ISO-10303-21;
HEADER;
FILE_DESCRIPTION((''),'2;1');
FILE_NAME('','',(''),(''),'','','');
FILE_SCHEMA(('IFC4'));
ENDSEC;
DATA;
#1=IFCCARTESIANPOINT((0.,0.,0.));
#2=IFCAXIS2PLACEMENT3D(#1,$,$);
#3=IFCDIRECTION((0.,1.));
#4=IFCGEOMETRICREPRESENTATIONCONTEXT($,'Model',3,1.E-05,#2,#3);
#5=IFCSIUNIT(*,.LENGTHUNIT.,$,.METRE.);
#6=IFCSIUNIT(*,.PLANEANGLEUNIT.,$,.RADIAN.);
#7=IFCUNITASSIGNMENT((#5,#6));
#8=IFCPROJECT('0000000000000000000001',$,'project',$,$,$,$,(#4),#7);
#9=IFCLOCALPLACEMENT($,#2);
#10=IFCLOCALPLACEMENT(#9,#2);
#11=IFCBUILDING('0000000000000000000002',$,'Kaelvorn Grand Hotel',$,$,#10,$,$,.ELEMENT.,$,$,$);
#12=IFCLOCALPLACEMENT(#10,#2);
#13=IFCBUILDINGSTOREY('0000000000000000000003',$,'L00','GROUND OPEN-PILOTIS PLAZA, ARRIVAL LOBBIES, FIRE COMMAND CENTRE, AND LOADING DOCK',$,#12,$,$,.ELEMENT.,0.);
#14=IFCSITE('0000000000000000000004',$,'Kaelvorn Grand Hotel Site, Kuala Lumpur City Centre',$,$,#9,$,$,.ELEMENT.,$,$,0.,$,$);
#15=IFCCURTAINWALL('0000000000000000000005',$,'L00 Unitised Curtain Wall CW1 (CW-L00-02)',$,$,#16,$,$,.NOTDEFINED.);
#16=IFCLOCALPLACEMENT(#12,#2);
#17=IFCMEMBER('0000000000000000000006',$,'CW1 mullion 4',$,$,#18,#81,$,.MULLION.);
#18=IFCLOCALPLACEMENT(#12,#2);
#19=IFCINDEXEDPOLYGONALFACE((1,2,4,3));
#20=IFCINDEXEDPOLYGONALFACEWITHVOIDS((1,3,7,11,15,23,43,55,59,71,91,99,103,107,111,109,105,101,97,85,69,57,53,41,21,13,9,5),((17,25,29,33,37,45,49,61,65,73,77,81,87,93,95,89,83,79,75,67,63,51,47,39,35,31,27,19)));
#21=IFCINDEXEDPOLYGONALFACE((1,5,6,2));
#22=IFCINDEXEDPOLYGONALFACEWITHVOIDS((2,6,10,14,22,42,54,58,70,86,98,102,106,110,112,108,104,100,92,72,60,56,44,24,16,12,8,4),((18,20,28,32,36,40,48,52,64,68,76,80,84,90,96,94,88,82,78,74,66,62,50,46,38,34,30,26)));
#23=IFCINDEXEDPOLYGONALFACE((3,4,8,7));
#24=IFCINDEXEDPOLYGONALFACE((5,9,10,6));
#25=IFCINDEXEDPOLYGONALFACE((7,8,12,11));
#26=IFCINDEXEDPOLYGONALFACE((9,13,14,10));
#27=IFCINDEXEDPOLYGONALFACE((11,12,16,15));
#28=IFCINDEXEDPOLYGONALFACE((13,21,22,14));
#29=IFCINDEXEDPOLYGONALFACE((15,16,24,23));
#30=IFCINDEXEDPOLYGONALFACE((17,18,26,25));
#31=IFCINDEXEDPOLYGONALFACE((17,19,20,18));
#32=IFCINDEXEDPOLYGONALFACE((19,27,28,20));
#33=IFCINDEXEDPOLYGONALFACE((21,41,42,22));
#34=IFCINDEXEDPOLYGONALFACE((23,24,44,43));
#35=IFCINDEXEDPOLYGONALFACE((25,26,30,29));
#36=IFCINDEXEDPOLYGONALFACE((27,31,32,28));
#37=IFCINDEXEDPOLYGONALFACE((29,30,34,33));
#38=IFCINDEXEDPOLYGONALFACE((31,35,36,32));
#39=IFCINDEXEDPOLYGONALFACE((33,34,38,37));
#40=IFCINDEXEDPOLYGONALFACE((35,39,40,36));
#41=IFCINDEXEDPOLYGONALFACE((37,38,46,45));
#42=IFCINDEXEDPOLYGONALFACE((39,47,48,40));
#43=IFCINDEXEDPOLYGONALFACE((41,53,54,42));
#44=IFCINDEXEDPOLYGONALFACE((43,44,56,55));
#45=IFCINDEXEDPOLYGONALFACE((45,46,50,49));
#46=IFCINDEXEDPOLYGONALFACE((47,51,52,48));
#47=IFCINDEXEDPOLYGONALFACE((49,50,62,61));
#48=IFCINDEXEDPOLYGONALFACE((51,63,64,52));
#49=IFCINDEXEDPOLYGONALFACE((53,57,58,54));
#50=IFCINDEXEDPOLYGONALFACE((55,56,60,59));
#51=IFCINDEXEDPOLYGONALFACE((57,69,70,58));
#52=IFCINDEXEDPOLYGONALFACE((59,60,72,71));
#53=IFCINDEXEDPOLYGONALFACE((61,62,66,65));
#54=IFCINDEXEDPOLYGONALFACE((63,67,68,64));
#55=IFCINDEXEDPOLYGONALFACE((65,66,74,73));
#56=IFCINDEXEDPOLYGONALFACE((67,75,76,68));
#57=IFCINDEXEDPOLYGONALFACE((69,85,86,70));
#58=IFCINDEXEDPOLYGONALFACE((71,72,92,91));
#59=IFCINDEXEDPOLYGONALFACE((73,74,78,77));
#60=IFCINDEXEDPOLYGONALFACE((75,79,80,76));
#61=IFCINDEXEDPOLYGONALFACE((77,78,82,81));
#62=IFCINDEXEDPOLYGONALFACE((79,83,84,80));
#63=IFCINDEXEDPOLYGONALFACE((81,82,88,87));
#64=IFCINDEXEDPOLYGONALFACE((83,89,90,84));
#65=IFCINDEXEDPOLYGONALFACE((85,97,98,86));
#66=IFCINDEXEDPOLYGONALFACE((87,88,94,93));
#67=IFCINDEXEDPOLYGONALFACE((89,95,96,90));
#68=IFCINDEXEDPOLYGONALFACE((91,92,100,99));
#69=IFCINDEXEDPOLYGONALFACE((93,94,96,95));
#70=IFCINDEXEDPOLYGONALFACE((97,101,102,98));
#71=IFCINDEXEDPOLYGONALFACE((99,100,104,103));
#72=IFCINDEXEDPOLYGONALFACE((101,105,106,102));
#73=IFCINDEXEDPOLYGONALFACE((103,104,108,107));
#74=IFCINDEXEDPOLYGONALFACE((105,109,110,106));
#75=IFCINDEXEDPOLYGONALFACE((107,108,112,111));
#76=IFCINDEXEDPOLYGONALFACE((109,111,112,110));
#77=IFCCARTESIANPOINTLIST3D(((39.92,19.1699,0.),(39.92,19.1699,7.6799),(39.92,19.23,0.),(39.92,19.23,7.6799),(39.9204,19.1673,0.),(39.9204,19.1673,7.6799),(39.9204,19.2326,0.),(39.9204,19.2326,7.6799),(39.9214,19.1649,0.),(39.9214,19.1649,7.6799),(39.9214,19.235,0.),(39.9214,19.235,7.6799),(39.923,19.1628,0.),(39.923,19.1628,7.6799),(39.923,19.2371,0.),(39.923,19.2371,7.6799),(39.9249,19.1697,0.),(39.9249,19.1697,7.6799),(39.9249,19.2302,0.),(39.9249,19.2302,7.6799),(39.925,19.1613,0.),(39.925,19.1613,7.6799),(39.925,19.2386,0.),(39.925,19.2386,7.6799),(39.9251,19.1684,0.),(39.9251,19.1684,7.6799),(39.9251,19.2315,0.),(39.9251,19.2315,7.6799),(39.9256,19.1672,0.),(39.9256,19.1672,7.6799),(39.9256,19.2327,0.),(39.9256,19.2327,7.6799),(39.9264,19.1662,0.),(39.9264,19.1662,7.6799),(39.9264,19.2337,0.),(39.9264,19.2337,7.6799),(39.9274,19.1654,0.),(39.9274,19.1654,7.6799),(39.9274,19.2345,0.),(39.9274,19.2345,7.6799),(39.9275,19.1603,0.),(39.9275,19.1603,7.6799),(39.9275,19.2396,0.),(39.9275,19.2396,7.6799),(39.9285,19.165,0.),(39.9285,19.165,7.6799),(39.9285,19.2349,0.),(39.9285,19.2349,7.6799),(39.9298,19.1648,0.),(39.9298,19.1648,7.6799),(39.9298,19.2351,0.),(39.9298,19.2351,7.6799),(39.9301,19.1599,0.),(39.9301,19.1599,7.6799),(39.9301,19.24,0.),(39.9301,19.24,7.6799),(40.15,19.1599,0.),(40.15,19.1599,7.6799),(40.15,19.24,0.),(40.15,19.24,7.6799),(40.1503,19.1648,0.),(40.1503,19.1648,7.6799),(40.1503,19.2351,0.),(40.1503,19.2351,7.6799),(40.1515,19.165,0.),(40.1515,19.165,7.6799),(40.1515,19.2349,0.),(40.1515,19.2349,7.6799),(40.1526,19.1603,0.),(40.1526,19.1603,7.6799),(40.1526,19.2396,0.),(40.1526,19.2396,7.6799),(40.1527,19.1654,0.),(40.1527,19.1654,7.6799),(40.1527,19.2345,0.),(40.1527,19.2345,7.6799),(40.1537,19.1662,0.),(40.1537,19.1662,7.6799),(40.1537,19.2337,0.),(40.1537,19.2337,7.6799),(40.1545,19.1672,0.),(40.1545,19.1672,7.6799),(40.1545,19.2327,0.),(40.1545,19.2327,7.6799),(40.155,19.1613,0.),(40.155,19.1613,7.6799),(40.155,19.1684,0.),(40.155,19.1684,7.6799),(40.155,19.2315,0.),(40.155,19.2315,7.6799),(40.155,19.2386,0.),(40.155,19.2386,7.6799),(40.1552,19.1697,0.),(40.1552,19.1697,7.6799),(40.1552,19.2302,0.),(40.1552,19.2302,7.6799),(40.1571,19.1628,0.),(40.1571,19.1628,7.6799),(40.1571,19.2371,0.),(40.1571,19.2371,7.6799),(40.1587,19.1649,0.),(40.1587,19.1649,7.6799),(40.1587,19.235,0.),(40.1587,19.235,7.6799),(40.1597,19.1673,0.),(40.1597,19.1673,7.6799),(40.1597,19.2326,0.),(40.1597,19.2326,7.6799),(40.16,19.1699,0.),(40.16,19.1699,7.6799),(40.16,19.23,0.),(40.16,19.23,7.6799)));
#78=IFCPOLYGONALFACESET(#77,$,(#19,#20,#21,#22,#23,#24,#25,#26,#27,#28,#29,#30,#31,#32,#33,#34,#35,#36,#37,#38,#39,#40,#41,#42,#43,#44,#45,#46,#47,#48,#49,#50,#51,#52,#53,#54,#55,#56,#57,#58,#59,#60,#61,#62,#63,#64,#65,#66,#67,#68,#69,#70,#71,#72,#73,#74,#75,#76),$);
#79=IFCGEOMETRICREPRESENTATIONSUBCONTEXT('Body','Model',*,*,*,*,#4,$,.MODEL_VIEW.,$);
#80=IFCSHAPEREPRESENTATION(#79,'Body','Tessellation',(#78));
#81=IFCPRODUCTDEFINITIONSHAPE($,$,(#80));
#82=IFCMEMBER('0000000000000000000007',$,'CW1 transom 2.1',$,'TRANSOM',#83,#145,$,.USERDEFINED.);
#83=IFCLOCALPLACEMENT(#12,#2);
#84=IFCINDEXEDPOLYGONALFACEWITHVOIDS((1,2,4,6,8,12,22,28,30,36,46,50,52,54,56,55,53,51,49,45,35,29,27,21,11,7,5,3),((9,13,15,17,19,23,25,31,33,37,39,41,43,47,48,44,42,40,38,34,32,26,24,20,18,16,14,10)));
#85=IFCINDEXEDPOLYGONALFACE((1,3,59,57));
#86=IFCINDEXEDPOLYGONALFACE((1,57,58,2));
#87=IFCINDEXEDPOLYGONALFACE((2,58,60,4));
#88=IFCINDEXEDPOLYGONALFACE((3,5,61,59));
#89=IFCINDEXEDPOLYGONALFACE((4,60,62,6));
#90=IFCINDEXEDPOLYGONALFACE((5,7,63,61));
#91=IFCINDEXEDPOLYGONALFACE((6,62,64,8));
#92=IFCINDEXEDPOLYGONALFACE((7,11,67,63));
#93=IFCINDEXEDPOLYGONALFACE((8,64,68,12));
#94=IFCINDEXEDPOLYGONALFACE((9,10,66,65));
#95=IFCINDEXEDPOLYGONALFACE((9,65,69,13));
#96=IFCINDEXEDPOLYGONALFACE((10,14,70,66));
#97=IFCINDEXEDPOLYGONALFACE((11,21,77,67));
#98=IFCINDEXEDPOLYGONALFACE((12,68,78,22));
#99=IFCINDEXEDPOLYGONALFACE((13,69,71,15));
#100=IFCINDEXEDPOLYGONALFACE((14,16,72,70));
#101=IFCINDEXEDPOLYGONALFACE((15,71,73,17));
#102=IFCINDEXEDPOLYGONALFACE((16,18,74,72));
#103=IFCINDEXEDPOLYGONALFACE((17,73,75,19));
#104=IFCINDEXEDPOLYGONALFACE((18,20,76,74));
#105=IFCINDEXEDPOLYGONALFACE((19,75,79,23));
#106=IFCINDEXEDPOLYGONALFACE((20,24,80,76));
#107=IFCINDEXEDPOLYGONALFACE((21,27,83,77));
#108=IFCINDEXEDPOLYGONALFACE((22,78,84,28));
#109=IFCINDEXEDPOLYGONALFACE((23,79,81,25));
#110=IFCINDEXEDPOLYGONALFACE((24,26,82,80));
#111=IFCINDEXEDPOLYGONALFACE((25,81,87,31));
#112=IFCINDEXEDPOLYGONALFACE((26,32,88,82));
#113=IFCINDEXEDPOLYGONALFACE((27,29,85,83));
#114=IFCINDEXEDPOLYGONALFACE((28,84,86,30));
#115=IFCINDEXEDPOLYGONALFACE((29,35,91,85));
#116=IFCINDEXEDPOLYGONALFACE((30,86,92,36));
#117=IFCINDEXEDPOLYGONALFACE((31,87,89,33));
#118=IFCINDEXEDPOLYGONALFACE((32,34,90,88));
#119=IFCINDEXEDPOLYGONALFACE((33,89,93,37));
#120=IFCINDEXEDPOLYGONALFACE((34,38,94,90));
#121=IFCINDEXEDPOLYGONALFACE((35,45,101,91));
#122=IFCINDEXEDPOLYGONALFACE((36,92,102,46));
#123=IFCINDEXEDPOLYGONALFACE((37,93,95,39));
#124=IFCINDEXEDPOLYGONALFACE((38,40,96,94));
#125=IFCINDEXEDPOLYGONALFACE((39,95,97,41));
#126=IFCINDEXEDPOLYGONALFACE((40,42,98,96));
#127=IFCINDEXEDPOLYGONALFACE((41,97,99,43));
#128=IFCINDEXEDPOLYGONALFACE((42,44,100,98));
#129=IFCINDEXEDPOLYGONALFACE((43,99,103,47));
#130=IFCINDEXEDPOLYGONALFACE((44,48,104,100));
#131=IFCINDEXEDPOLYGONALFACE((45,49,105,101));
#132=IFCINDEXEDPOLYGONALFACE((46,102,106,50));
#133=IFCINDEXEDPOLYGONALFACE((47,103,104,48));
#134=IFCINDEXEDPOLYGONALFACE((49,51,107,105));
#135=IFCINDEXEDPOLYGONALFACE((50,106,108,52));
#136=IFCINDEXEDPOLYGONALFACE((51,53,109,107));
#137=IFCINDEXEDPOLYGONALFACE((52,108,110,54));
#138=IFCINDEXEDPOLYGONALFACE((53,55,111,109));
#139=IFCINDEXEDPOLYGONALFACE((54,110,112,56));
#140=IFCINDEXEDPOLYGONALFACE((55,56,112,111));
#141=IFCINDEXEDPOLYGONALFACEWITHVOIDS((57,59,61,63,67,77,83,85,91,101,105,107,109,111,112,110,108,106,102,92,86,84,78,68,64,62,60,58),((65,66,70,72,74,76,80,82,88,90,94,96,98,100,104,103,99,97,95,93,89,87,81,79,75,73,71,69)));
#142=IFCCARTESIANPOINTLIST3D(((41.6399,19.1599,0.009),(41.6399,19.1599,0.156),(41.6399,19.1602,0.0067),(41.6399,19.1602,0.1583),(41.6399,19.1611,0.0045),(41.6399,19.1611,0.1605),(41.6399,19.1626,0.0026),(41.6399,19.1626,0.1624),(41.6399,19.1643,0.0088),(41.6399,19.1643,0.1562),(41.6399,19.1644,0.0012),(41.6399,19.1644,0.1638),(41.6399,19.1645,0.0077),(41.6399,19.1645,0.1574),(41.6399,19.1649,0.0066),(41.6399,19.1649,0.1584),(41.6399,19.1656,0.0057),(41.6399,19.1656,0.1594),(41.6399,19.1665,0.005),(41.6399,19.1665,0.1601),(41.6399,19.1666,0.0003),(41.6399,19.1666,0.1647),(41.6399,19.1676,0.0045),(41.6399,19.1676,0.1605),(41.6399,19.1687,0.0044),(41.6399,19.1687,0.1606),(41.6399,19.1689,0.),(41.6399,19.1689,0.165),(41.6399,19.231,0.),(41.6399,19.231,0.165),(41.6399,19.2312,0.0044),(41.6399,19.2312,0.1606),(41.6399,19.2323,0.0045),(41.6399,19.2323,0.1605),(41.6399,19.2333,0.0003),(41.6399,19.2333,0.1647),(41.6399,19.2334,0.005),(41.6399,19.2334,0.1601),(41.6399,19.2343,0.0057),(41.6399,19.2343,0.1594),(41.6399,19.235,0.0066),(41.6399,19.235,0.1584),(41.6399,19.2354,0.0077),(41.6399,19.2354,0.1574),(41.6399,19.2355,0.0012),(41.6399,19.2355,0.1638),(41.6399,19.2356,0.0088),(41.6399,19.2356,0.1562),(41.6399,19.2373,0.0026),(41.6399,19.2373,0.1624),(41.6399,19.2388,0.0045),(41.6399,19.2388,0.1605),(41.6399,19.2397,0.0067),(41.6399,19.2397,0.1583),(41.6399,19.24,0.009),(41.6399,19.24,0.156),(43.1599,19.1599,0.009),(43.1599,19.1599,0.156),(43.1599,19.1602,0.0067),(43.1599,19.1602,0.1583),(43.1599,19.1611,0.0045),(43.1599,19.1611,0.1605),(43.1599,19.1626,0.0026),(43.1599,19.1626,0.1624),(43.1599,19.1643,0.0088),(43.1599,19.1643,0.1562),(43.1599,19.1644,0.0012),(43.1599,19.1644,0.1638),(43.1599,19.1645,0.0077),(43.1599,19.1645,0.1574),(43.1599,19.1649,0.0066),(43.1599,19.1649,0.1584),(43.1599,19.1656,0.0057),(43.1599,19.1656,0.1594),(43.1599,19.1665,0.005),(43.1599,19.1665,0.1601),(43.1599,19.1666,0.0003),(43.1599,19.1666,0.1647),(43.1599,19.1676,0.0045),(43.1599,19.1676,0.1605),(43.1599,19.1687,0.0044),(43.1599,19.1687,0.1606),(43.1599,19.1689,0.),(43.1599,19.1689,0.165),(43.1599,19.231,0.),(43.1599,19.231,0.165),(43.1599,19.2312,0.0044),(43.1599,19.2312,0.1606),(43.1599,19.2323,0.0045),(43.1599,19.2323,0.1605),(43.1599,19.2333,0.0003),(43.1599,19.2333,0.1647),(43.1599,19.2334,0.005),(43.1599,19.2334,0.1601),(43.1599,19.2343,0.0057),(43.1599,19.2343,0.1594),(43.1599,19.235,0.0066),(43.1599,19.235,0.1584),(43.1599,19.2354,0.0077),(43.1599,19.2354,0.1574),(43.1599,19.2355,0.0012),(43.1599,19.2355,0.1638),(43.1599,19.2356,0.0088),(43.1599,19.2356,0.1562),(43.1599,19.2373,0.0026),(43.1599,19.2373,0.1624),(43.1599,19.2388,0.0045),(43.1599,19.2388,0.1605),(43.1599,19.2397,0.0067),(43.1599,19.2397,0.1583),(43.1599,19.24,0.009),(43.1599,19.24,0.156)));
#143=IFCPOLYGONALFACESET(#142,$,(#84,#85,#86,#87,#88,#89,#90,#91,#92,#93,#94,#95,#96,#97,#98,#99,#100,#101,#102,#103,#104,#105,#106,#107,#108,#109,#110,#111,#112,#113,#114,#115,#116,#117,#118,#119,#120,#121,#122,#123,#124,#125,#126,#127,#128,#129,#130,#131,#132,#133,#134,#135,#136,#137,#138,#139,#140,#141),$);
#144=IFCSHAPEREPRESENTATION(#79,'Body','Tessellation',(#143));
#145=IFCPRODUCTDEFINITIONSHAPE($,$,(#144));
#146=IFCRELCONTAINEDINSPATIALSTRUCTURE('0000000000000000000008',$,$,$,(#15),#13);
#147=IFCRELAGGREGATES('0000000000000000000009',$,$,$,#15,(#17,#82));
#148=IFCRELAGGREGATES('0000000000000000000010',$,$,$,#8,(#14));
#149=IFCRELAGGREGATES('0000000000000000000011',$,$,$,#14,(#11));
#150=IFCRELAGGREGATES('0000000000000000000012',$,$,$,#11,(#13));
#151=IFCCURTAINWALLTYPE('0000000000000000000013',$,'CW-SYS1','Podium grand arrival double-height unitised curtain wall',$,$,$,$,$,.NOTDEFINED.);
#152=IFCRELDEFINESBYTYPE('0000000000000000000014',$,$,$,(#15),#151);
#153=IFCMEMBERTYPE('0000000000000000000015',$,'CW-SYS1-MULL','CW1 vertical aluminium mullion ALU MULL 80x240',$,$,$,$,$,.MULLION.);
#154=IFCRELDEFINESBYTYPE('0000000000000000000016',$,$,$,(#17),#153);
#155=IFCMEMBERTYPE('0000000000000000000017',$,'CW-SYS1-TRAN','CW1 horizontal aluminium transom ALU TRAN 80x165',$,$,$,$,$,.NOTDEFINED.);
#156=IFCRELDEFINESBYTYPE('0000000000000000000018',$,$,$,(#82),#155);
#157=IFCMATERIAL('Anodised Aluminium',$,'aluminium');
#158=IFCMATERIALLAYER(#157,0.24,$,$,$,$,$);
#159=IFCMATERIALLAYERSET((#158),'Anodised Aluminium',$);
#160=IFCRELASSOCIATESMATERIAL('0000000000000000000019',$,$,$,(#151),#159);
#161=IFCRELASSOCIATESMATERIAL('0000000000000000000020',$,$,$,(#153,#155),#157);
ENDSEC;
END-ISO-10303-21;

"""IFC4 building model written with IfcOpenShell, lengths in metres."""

from ifc_helpers import new_model, si_unit, direction, frame, origin, origin_2d, place, context, subcontext, project, spatial, hollow_rectangle, extrude, material, layer, layer_set, material_profile, profile_set, type_object, element, aggregate, save


model = new_model("IFC4")

# Units and contexts
model_context = context("Model", 3, precision=1e-05, world=origin(), true_north=direction((0.0, 1.0)))
body_context = subcontext(model_context, "Body", "Model", "MODEL_VIEW")
ifc_project = project(units=[si_unit("LENGTHUNIT", "METRE"), si_unit("PLANEANGLEUNIT", "RADIAN")], contexts=[model_context])

# Site, building, storey
site_placement = place(None, origin())
site = spatial("IfcSite", under=ifc_project, at=site_placement, Name="Kaelvorn Grand Hotel Site, Kuala Lumpur City Centre", CompositionType="ELEMENT", RefElevation=0.0)
building_placement = place(site_placement, origin())
building = spatial("IfcBuilding", under=site, at=building_placement, Name="Kaelvorn Grand Hotel", CompositionType="ELEMENT")
storey_placement = place(building_placement, origin())
storey = spatial("IfcBuildingStorey", under=building, at=storey_placement, Name="L00", Description="GROUND OPEN-PILOTIS PLAZA, ARRIVAL LOBBIES, FIRE COMMAND CENTRE, AND LOADING DOCK", CompositionType="ELEMENT", Elevation=0.0)

# Curtain wall, members
ifc_material_1 = material(Name="Anodised Aluminium", Category="aluminium")
ifc_layer_1 = layer(ifc_material_1, 0.24)
ifc_layer_set_1 = layer_set([ifc_layer_1], Name="Anodised Aluminium")
curtain_wall_type = type_object("IfcCurtainWallType", Name="CW-SYS1", Description="Podium grand arrival double-height unitised curtain wall", PredefinedType="NOTDEFINED", material=ifc_layer_set_1)
curtain_wall_placement = place(storey_placement, origin())
curtain_wall = element("IfcCurtainWall", 1, at=curtain_wall_placement, inside=storey, type_object=curtain_wall_type, Name="L00 Unitised Curtain Wall CW1 (CW-L00-02)", PredefinedType="NOTDEFINED")
ifc_material_profile_1 = material_profile(ifc_material_1, hollow_rectangle(XDim=0.0801, YDim=0.24, WallThickness=0.0049, InnerFilletRadius=0.0049, OuterFilletRadius=0.01, at=origin_2d()), Name="ALU MULL 80x240")
ifc_profile_set_1 = profile_set([ifc_material_profile_1], Name="Anodised Aluminium")
member_type_1 = type_object("IfcMemberType", Name="CW-SYS1-MULL", Description="CW1 vertical aluminium mullion ALU MULL 80x240", PredefinedType="MULLION", material=ifc_profile_set_1)
member_1_placement = place(storey_placement, frame((40.04, 19.2, 0.0), z_axis=(0.0, 0.0, 1.0), x_axis=(0.0, -1.0, 0.0)))
member_1 = element("IfcMember", 2, at=member_1_placement, type_object=member_type_1, Name="CW1 mullion 4", PredefinedType="MULLION", context=body_context, shape_type="SweptSolid", body=[
    extrude(hollow_rectangle(XDim=0.0801, YDim=0.24, WallThickness=0.0049, InnerFilletRadius=0.0049, OuterFilletRadius=0.01, at=origin_2d()), origin(), (0.0, 0.0, 1.0), 7.6799),
])
ifc_material_profile_2 = material_profile(ifc_material_1, hollow_rectangle(XDim=0.0801, YDim=0.165, WallThickness=0.0044, InnerFilletRadius=0.0044, OuterFilletRadius=0.009, at=origin_2d()), Name="ALU TRAN 80x165")
ifc_profile_set_2 = profile_set([ifc_material_profile_2], Name="Anodised Aluminium")
member_type_2 = type_object("IfcMemberType", Name="CW-SYS1-TRAN", Description="CW1 horizontal aluminium transom ALU TRAN 80x165", PredefinedType="NOTDEFINED", material=ifc_profile_set_2)
member_2_placement = place(storey_placement, frame((43.1599, 19.2, 0.0825), z_axis=(-1.0, 0.0, 0.0), x_axis=(0.0, -1.0, 0.0)))
member_2 = element("IfcMember", 3, at=member_2_placement, type_object=member_type_2, Name="CW1 transom 2.1", ObjectType="TRANSOM", PredefinedType="USERDEFINED", context=body_context, shape_type="SweptSolid", body=[
    extrude(hollow_rectangle(XDim=0.0801, YDim=0.165, WallThickness=0.0044, InnerFilletRadius=0.0044, OuterFilletRadius=0.009, at=origin_2d()), origin(), (0.0, 0.0, 1.0), 1.52),
])
aggregate(curtain_wall, [member_1, member_2])

save(model, "model.ifc")
